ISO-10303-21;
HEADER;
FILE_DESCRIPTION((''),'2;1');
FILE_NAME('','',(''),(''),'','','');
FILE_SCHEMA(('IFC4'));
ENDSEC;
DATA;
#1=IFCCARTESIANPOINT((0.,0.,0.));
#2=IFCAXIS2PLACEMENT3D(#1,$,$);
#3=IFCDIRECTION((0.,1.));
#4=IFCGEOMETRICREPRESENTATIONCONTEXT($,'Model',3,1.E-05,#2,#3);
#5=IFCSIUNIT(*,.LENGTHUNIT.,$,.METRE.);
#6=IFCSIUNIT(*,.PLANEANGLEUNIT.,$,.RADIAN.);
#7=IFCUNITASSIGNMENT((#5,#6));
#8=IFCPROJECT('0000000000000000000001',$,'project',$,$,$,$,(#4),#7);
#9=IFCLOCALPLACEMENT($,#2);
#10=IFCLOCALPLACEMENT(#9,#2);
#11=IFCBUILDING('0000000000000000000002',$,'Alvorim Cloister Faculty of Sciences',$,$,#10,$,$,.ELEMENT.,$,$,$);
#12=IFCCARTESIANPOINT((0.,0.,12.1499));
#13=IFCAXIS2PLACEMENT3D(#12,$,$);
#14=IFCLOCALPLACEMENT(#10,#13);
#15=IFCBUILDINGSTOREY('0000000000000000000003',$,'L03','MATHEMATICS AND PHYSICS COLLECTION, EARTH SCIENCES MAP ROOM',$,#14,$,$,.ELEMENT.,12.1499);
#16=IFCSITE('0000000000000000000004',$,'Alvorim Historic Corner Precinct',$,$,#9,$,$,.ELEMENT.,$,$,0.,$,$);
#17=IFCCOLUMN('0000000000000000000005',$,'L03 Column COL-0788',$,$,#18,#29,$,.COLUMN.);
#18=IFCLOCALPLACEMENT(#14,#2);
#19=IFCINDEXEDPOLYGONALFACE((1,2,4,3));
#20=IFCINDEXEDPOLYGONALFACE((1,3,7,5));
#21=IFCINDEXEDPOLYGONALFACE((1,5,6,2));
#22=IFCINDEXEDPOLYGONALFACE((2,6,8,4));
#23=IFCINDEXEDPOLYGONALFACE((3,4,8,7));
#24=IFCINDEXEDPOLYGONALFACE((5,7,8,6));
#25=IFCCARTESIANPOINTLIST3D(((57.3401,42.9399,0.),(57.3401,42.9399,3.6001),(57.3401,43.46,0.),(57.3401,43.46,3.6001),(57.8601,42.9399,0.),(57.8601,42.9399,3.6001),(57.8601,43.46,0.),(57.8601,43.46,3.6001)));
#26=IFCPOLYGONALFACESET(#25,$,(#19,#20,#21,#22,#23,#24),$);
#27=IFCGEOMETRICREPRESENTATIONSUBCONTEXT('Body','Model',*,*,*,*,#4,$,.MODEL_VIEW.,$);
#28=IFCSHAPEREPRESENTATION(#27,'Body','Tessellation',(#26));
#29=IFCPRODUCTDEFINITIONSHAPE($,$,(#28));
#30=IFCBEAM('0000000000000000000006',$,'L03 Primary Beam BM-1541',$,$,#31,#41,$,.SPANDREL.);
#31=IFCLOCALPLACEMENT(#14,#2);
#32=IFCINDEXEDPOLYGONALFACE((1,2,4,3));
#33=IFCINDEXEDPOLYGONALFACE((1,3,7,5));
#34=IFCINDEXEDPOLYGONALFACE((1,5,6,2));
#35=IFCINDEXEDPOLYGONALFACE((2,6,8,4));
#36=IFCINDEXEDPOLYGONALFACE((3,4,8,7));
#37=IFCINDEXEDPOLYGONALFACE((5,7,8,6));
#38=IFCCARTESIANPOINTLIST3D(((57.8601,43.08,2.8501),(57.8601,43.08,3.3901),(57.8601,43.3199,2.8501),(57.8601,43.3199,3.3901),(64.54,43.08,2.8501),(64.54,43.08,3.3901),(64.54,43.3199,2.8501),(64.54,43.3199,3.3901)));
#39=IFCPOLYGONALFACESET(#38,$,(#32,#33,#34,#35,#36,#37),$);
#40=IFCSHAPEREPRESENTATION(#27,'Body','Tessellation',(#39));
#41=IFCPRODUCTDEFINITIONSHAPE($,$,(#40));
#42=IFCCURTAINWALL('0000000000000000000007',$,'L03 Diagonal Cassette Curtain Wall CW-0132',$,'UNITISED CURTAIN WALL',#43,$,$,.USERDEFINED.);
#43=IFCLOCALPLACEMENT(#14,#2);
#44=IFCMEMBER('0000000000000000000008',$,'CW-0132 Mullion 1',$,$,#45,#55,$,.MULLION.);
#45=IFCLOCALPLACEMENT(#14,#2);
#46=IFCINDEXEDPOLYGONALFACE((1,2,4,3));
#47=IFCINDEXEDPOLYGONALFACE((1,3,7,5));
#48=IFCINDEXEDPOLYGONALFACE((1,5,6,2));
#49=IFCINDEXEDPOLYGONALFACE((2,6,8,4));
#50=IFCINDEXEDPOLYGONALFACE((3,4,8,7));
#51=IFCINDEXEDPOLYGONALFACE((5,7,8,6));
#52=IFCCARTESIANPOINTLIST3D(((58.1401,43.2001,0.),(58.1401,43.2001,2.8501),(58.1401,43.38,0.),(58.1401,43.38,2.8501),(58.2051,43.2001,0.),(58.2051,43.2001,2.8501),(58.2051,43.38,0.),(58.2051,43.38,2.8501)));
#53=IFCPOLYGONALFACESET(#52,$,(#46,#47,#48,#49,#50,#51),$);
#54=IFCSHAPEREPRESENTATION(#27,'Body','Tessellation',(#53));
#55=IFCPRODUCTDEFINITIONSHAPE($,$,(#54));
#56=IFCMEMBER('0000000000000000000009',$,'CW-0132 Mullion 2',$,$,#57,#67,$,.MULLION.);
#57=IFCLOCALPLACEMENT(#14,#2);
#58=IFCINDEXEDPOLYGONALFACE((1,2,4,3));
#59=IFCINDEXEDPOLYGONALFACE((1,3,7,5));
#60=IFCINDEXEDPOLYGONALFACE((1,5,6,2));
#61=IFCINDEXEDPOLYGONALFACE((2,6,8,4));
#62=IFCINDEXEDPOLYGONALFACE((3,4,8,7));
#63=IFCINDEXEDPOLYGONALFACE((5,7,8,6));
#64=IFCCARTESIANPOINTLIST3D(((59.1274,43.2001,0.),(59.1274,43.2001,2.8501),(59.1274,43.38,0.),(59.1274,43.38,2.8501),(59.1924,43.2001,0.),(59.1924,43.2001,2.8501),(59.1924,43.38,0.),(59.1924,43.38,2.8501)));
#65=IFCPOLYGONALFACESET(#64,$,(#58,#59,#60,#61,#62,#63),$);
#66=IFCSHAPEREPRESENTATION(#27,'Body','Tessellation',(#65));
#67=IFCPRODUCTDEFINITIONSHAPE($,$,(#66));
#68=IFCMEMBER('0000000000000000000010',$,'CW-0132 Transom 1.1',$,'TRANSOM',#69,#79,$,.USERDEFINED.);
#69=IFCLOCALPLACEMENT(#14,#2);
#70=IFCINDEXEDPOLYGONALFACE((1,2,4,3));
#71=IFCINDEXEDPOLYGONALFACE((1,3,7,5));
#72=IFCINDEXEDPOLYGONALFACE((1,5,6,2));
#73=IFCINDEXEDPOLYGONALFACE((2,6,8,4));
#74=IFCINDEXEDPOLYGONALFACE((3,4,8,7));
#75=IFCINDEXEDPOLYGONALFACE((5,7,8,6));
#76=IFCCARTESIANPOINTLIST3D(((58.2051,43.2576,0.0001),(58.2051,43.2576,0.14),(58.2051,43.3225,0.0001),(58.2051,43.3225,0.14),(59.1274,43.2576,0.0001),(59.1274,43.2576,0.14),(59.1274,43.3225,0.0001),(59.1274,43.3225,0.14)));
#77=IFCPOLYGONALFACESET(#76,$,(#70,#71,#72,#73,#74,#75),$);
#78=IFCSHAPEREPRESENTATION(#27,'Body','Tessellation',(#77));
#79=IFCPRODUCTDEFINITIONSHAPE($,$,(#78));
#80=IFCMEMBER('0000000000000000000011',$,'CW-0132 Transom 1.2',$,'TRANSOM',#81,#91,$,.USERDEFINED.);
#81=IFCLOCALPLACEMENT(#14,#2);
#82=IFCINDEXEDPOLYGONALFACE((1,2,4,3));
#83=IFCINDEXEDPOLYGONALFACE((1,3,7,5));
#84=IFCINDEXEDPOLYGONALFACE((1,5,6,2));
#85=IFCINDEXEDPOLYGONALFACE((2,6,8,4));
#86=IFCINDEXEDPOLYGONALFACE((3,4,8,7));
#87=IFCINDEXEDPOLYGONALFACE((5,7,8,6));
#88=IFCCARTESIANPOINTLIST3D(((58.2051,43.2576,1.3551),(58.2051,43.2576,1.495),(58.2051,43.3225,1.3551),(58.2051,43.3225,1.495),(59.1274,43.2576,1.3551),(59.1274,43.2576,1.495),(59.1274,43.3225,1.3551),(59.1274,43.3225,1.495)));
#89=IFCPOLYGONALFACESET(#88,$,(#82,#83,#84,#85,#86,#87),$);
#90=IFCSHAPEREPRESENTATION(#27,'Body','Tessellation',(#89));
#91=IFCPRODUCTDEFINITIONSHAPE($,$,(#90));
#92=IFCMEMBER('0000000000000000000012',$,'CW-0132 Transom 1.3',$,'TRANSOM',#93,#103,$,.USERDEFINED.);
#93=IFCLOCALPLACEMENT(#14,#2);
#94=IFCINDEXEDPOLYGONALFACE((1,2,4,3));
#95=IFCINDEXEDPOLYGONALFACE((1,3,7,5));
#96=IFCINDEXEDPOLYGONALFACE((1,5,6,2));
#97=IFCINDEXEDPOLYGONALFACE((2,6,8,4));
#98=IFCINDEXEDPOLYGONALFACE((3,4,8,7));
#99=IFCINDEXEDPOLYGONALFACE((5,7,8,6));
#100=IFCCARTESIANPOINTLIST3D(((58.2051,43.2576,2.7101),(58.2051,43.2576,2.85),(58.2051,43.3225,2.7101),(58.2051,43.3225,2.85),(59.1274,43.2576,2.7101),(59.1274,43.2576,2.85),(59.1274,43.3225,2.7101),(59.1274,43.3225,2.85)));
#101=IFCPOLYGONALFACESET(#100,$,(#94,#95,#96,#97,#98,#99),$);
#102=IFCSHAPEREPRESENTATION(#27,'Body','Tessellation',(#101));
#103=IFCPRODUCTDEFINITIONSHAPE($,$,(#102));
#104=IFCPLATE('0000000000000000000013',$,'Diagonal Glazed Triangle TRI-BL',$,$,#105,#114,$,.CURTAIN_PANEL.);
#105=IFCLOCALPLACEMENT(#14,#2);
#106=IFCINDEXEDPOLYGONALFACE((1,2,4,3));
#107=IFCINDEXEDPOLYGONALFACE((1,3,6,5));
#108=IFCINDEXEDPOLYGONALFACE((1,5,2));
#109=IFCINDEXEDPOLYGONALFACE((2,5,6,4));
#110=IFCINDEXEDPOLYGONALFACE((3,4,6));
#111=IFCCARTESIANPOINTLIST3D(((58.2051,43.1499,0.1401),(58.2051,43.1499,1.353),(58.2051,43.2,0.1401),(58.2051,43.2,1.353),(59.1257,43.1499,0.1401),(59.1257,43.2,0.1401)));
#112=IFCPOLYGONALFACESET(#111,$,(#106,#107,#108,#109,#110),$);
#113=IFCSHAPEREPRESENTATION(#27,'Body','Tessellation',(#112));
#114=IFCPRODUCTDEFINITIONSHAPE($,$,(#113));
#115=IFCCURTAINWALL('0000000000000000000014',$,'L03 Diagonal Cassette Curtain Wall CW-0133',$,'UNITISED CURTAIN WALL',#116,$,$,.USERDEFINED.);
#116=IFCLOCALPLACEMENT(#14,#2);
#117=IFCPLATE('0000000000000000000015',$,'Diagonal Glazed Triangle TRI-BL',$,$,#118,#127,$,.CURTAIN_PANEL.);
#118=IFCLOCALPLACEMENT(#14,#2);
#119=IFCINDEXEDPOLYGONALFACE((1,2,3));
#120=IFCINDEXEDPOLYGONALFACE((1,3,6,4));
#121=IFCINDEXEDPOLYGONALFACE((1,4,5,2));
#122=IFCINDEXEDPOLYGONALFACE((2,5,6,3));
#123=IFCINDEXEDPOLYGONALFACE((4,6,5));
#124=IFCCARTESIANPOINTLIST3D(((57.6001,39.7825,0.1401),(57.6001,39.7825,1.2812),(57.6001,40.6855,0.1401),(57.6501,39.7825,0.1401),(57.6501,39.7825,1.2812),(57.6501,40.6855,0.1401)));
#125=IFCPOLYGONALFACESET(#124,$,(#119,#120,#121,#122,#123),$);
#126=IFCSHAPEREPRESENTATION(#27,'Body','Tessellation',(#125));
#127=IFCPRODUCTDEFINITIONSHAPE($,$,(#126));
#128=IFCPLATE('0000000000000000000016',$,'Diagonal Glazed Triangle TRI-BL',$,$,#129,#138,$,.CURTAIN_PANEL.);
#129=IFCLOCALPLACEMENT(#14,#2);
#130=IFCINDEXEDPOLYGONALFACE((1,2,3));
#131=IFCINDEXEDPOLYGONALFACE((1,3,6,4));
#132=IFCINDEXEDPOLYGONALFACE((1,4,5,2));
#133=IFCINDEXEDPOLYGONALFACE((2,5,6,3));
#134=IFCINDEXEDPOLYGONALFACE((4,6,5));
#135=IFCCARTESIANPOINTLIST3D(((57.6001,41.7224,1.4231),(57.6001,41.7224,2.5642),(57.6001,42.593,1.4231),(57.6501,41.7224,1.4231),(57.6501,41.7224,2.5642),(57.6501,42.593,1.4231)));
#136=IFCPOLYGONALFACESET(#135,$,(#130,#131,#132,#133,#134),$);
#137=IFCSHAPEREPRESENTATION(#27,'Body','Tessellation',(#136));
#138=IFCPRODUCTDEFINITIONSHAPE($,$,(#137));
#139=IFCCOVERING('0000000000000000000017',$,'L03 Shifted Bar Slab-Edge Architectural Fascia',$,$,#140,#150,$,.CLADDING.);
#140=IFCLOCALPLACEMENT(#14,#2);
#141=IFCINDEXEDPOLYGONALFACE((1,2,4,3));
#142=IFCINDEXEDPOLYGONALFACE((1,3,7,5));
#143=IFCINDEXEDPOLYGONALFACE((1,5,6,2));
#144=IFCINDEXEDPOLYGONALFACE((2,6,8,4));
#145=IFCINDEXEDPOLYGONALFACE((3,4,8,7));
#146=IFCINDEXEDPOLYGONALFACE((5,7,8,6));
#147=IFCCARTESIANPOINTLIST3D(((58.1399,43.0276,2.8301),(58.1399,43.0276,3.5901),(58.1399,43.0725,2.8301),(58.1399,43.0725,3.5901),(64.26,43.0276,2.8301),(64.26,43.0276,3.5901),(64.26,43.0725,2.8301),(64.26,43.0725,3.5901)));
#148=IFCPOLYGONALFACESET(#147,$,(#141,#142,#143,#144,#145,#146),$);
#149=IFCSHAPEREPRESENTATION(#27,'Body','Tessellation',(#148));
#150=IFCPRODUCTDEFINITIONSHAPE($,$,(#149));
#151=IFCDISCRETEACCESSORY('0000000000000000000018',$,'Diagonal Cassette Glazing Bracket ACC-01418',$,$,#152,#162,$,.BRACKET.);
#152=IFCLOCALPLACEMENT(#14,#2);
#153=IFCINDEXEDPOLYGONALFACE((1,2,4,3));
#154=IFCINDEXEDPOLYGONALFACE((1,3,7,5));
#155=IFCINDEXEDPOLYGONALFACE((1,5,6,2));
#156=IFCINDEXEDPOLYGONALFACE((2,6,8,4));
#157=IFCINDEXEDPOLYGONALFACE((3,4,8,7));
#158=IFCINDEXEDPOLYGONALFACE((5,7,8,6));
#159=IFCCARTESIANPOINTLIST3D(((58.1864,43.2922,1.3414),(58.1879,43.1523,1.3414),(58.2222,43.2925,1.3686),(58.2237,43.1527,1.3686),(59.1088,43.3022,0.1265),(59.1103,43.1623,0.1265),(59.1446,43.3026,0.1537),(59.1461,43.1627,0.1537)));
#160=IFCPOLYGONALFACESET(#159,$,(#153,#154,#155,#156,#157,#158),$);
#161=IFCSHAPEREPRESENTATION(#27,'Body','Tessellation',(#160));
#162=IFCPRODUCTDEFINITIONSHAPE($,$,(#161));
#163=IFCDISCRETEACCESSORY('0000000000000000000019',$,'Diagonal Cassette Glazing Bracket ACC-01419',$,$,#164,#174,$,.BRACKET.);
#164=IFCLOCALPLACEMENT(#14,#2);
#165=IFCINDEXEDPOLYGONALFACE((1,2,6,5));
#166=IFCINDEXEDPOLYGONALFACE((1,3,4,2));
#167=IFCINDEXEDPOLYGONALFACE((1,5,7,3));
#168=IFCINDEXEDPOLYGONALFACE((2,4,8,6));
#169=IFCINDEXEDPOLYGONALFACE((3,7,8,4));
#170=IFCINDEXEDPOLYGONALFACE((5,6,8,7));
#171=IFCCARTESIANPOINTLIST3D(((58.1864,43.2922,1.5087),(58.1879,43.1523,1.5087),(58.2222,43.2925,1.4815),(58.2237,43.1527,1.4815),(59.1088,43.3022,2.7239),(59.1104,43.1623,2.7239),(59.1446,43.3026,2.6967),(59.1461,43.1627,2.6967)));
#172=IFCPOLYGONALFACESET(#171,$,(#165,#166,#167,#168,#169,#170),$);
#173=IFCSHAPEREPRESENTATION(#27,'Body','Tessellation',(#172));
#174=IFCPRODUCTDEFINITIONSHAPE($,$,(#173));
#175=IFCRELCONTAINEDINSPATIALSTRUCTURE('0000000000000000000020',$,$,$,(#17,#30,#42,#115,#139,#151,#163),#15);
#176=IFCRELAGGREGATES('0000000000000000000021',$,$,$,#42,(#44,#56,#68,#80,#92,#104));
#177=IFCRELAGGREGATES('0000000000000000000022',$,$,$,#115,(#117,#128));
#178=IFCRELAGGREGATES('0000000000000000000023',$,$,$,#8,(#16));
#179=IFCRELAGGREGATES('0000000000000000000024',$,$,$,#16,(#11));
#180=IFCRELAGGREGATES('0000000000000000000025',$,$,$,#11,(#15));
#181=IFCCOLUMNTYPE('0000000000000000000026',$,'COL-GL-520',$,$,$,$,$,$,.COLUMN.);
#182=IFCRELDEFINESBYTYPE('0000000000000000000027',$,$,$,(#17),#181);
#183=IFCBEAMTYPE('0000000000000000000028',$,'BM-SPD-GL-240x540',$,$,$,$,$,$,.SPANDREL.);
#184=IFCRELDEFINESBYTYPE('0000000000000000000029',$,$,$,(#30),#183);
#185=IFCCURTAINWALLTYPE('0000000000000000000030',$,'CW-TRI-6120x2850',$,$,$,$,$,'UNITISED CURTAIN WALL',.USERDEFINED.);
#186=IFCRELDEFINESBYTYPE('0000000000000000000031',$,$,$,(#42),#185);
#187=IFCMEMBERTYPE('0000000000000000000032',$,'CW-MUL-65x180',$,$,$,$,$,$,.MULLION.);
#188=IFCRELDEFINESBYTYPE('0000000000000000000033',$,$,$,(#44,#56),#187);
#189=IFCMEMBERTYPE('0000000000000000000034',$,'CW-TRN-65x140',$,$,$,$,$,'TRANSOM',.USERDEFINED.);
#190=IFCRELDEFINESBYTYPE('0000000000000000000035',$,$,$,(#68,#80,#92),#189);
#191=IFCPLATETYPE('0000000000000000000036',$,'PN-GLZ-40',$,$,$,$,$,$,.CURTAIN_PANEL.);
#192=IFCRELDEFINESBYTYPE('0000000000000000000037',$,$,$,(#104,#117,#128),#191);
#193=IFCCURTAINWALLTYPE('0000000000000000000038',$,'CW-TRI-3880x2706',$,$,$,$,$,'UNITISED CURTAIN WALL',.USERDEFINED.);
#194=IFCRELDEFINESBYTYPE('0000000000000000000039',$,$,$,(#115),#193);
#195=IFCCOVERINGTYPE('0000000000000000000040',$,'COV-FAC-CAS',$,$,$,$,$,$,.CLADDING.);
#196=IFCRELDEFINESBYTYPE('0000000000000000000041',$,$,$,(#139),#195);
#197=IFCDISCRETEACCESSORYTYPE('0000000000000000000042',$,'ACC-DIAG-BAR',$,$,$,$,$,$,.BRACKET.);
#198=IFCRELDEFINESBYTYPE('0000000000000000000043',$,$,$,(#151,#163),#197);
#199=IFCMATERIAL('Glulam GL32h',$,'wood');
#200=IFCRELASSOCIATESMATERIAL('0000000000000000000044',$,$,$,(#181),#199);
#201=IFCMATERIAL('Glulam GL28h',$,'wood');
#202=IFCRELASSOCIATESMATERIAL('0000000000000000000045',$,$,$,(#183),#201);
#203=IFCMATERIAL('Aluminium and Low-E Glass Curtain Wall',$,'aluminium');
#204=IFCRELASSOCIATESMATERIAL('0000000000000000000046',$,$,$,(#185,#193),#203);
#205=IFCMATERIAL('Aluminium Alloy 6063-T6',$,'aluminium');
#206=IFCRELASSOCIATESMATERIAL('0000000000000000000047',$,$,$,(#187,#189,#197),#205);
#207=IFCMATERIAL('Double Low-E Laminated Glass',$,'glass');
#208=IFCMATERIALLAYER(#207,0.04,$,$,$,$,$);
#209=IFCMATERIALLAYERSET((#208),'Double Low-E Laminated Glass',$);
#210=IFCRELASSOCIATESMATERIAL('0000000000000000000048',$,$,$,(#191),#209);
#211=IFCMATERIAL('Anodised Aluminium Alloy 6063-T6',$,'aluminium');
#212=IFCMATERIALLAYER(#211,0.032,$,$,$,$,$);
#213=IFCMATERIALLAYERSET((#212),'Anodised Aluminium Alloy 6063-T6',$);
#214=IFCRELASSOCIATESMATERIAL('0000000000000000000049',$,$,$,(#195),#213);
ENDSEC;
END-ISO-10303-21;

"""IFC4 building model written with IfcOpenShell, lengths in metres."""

from ifc_helpers import new_model, si_unit, direction, frame, origin, origin_2d, place, context, subcontext, project, spatial, polyline, rectangle, outline, extrude, material, layer, layer_set, material_profile, profile_set, type_object, element, aggregate, save


model = new_model("IFC4")

# Units and contexts
model_context = context("Model", 3, precision=1e-05, world=origin(), true_north=direction((0.0, 1.0)))
body_context = subcontext(model_context, "Body", "Model", "MODEL_VIEW")
ifc_project = project(units=[si_unit("LENGTHUNIT", "METRE"), si_unit("PLANEANGLEUNIT", "RADIAN")], contexts=[model_context])

# Site, building, storey
site_placement = place(None, origin())
site = spatial("IfcSite", under=ifc_project, at=site_placement, Name="Alvorim Historic Corner Precinct", CompositionType="ELEMENT", RefElevation=0.0)
building_placement = place(site_placement, origin())
building = spatial("IfcBuilding", under=site, at=building_placement, Name="Alvorim Cloister Faculty of Sciences", CompositionType="ELEMENT")
storey_placement = place(building_placement, frame((0.0, 0.0, 12.1499)))
storey = spatial("IfcBuildingStorey", under=building, at=storey_placement, Name="L03", Description="MATHEMATICS AND PHYSICS COLLECTION, EARTH SCIENCES MAP ROOM", CompositionType="ELEMENT", Elevation=12.1499)

# Column
ifc_material_1 = material(Name="Glulam GL32h", Category="wood")
ifc_material_profile_1 = material_profile(ifc_material_1, rectangle(XDim=0.52, YDim=0.52, at=origin_2d()), Name="GL32-COL-520x520")
ifc_profile_set_1 = profile_set([ifc_material_profile_1], Name="Glulam GL32h")
column_type = type_object("IfcColumnType", Name="COL-GL-520", PredefinedType="COLUMN", material=ifc_profile_set_1)
column_placement = place(storey_placement, frame((57.6001, 43.2, 0.0), z_axis=(0.0, 0.0, 1.0), x_axis=(1.0, 0.0, 0.0)))
element("IfcColumn", 1, at=column_placement, inside=storey, type_object=column_type, Name="L03 Column COL-0788", PredefinedType="COLUMN", context=body_context, shape_type="SweptSolid", body=[
    extrude(rectangle(XDim=0.52, YDim=0.52, at=origin_2d()), origin(), (0.0, 0.0, 1.0), 3.6001),
])

# Beam
ifc_material_2 = material(Name="Glulam GL28h", Category="wood")
ifc_material_profile_2 = material_profile(ifc_material_2, rectangle(XDim=0.24, YDim=0.54, at=origin_2d()), Name="GL28-SPD-240x540")
ifc_profile_set_2 = profile_set([ifc_material_profile_2], Name="Glulam GL28h")
beam_type = type_object("IfcBeamType", Name="BM-SPD-GL-240x540", PredefinedType="SPANDREL", material=ifc_profile_set_2)
beam_placement = place(storey_placement, frame((57.8601, 43.2, 3.1201), z_axis=(1.0, 0.0, 0.0), x_axis=(0.0, 1.0, 0.0)))
element("IfcBeam", 2, at=beam_placement, inside=storey, type_object=beam_type, Name="L03 Primary Beam BM-1541", PredefinedType="SPANDREL", context=body_context, shape_type="SweptSolid", body=[
    extrude(rectangle(XDim=0.24, YDim=0.54, at=origin_2d()), origin(), (0.0, 0.0, 1.0), 6.6799),
])

# Curtain wall, members, plate
ifc_material_3 = material(Name="Aluminium and Low-E Glass Curtain Wall", Category="aluminium")
curtain_wall_type_1 = type_object("IfcCurtainWallType", Name="CW-TRI-6120x2850", ElementType="UNITISED CURTAIN WALL", PredefinedType="USERDEFINED", material=ifc_material_3)
curtain_wall_1_placement = place(storey_placement, origin())
curtain_wall_1 = element("IfcCurtainWall", 3, at=curtain_wall_1_placement, inside=storey, type_object=curtain_wall_type_1, Name="L03 Diagonal Cassette Curtain Wall CW-0132", ObjectType="UNITISED CURTAIN WALL", PredefinedType="USERDEFINED")
ifc_material_4 = material(Name="Aluminium Alloy 6063-T6", Category="aluminium")
ifc_material_profile_3 = material_profile(ifc_material_4, rectangle(XDim=0.0649, YDim=0.1799, at=origin_2d()), Name="ALU-MUL-65x180")
ifc_profile_set_3 = profile_set([ifc_material_profile_3], Name="Aluminium Alloy 6063-T6")
member_type_1 = type_object("IfcMemberType", Name="CW-MUL-65x180", PredefinedType="MULLION", material=ifc_profile_set_3)
member_1_placement = place(storey_placement, frame((58.1726, 43.29, 0.0), z_axis=(0.0, 0.0, 1.0), x_axis=(1.0, 0.0, 0.0)))
member_1 = element("IfcMember", 4, at=member_1_placement, type_object=member_type_1, Name="CW-0132 Mullion 1", PredefinedType="MULLION", context=body_context, shape_type="SweptSolid", body=[
    extrude(rectangle(XDim=0.0649, YDim=0.1799, at=origin_2d()), origin(), (0.0, 0.0, 1.0), 2.8501),
])
member_2_placement = place(storey_placement, frame((59.1599, 43.29, 0.0), z_axis=(0.0, 0.0, 1.0), x_axis=(1.0, 0.0, 0.0)))
member_2 = element("IfcMember", 5, at=member_2_placement, type_object=member_type_1, Name="CW-0132 Mullion 2", PredefinedType="MULLION", context=body_context, shape_type="SweptSolid", body=[
    extrude(rectangle(XDim=0.0649, YDim=0.1799, at=origin_2d()), origin(), (0.0, 0.0, 1.0), 2.8501),
])
ifc_material_profile_4 = material_profile(ifc_material_4, rectangle(XDim=0.0649, YDim=0.1399, at=origin_2d()), Name="ALU-TRN-65x140")
ifc_profile_set_4 = profile_set([ifc_material_profile_4], Name="Aluminium Alloy 6063-T6")
member_type_2 = type_object("IfcMemberType", Name="CW-TRN-65x140", ElementType="TRANSOM", PredefinedType="USERDEFINED", material=ifc_profile_set_4)
member_3_placement = place(storey_placement, frame((58.2051, 43.29, 0.0701), z_axis=(1.0, 0.0, 0.0), x_axis=(0.0, 1.0, 0.0)))
member_3 = element("IfcMember", 6, at=member_3_placement, type_object=member_type_2, Name="CW-0132 Transom 1.1", ObjectType="TRANSOM", PredefinedType="USERDEFINED", context=body_context, shape_type="SweptSolid", body=[
    extrude(rectangle(XDim=0.0649, YDim=0.1399, at=origin_2d()), origin(), (0.0, 0.0, 1.0), 0.9224),
])
member_4_placement = place(storey_placement, frame((58.2051, 43.29, 1.425), z_axis=(1.0, 0.0, 0.0), x_axis=(0.0, 1.0, 0.0)))
member_4 = element("IfcMember", 7, at=member_4_placement, type_object=member_type_2, Name="CW-0132 Transom 1.2", ObjectType="TRANSOM", PredefinedType="USERDEFINED", context=body_context, shape_type="SweptSolid", body=[
    extrude(rectangle(XDim=0.0649, YDim=0.1399, at=origin_2d()), origin(), (0.0, 0.0, 1.0), 0.9224),
])
member_5_placement = place(storey_placement, frame((58.2051, 43.29, 2.78), z_axis=(1.0, 0.0, 0.0), x_axis=(0.0, 1.0, 0.0)))
member_5 = element("IfcMember", 8, at=member_5_placement, type_object=member_type_2, Name="CW-0132 Transom 1.3", ObjectType="TRANSOM", PredefinedType="USERDEFINED", context=body_context, shape_type="SweptSolid", body=[
    extrude(rectangle(XDim=0.0649, YDim=0.1399, at=origin_2d()), origin(), (0.0, 0.0, 1.0), 0.9224),
])
ifc_material_5 = material(Name="Double Low-E Laminated Glass", Category="glass")
ifc_layer_1 = layer(ifc_material_5, 0.04)
ifc_layer_set_1 = layer_set([ifc_layer_1], Name="Double Low-E Laminated Glass")
plate_type = type_object("IfcPlateType", Name="PN-GLZ-40", PredefinedType="CURTAIN_PANEL", material=ifc_layer_set_1)
plate_1_placement = place(storey_placement, frame((58.2051, 43.175, 0.1401), z_axis=(0.0, 0.0, 1.0), x_axis=(1.0, 0.0, 0.0)))
plate_1 = element("IfcPlate", 9, at=plate_1_placement, type_object=plate_type, Name="Diagonal Glazed Triangle TRI-BL", PredefinedType="CURTAIN_PANEL", context=body_context, shape_type="SweptSolid", body=[
    extrude(outline(polyline([(0.0, 0.0), (0.9207, 0.0), (0.0, 1.2129), (0.0, 0.0)])), frame((0.0, 0.0249, 0.0), z_axis=(0.0, -1.0, 0.0), x_axis=(1.0, 0.0, 0.0)), (0.0, 0.0, 1.0), 0.05),
])
aggregate(curtain_wall_1, [member_1, member_2, member_3, member_4, member_5, plate_1])

# Curtain wall, plates
curtain_wall_type_2 = type_object("IfcCurtainWallType", Name="CW-TRI-3880x2706", ElementType="UNITISED CURTAIN WALL", PredefinedType="USERDEFINED", material=ifc_material_3)
curtain_wall_2_placement = place(storey_placement, origin())
curtain_wall_2 = element("IfcCurtainWall", 10, at=curtain_wall_2_placement, inside=storey, type_object=curtain_wall_type_2, Name="L03 Diagonal Cassette Curtain Wall CW-0133", ObjectType="UNITISED CURTAIN WALL", PredefinedType="USERDEFINED")
plate_2_placement = place(storey_placement, frame((57.625, 39.7825, 0.1401), z_axis=(0.0, 0.0, 1.0), x_axis=(0.0, 1.0, 0.0)))
plate_2 = element("IfcPlate", 11, at=plate_2_placement, type_object=plate_type, Name="Diagonal Glazed Triangle TRI-BL", PredefinedType="CURTAIN_PANEL", context=body_context, shape_type="SweptSolid", body=[
    extrude(outline(polyline([(0.0, 0.0), (0.9031, 0.0), (0.0, 1.1411), (0.0, 0.0)])), frame((0.0, 0.0249, 0.0), z_axis=(0.0, -1.0, 0.0), x_axis=(1.0, 0.0, 0.0)), (0.0, 0.0, 1.0), 0.05),
])
plate_3_placement = place(storey_placement, frame((57.625, 41.7224, 1.4231), z_axis=(0.0, 0.0, 1.0), x_axis=(0.0, 1.0, 0.0)))
plate_3 = element("IfcPlate", 12, at=plate_3_placement, type_object=plate_type, Name="Diagonal Glazed Triangle TRI-BL", PredefinedType="CURTAIN_PANEL", context=body_context, shape_type="SweptSolid", body=[
    extrude(outline(polyline([(0.0, 0.0), (0.8706, 0.0), (0.0, 1.1411), (0.0, 0.0)])), frame((0.0, 0.0249, 0.0), z_axis=(0.0, -1.0, 0.0), x_axis=(1.0, 0.0, 0.0)), (0.0, 0.0, 1.0), 0.05),
])
aggregate(curtain_wall_2, [plate_2, plate_3])

# Covering
ifc_material_6 = material(Name="Anodised Aluminium Alloy 6063-T6", Category="aluminium")
ifc_layer_2 = layer(ifc_material_6, 0.032)
ifc_layer_set_2 = layer_set([ifc_layer_2], Name="Anodised Aluminium Alloy 6063-T6")
covering_type = type_object("IfcCoveringType", Name="COV-FAC-CAS", PredefinedType="CLADDING", material=ifc_layer_set_2)
covering_placement = place(storey_placement, frame((58.1399, 43.05, 2.8301), z_axis=(0.0, 0.0, 1.0), x_axis=(1.0, 0.0, 0.0)))
element("IfcCovering", 13, at=covering_placement, inside=storey, type_object=covering_type, Name="L03 Shifted Bar Slab-Edge Architectural Fascia", PredefinedType="CLADDING", context=body_context, shape_type="SweptSolid", body=[
    extrude(outline(polyline([(0.0, 0.0), (6.1201, 0.0), (6.1201, 0.76), (0.0, 0.76), (0.0, 0.0)])), frame((0.0, 0.0225, 0.0), z_axis=(0.0, -1.0, 0.0), x_axis=(1.0, 0.0, 0.0)), (0.0, 0.0, 1.0), 0.0449),
])

# Discrete accessories
discrete_accessory_type = type_object("IfcDiscreteAccessoryType", Name="ACC-DIAG-BAR", PredefinedType="BRACKET", material=ifc_material_4)
discrete_accessory_1_placement = place(storey_placement, frame((58.2051, 43.2224, 1.355), z_axis=(0.604689, 0.006562, -0.796435), x_axis=(-0.010852, 0.999941, 0.0)))
element("IfcDiscreteAccessory", 14, at=discrete_accessory_1_placement, inside=storey, type_object=discrete_accessory_type, Name="Diagonal Cassette Glazing Bracket ACC-01418", PredefinedType="BRACKET", context=body_context, shape_type="SweptSolid", body=[
    extrude(rectangle(XDim=0.1399, YDim=0.0449, at=origin_2d()), origin(), (0.0, 0.0, 1.0), 1.5254),
])
discrete_accessory_2_placement = place(storey_placement, frame((58.2051, 43.2224, 1.4951), z_axis=(0.604612, 0.006561, 0.796493), x_axis=(-0.010852, 0.999941, 0.0)))
element("IfcDiscreteAccessory", 15, at=discrete_accessory_2_placement, inside=storey, type_object=discrete_accessory_type, Name="Diagonal Cassette Glazing Bracket ACC-01419", PredefinedType="BRACKET", context=body_context, shape_type="SweptSolid", body=[
    extrude(rectangle(XDim=0.1399, YDim=0.0449, at=origin_2d()), origin(), (0.0, 0.0, 1.0), 1.5256),
])

save(model, "model.ifc")
